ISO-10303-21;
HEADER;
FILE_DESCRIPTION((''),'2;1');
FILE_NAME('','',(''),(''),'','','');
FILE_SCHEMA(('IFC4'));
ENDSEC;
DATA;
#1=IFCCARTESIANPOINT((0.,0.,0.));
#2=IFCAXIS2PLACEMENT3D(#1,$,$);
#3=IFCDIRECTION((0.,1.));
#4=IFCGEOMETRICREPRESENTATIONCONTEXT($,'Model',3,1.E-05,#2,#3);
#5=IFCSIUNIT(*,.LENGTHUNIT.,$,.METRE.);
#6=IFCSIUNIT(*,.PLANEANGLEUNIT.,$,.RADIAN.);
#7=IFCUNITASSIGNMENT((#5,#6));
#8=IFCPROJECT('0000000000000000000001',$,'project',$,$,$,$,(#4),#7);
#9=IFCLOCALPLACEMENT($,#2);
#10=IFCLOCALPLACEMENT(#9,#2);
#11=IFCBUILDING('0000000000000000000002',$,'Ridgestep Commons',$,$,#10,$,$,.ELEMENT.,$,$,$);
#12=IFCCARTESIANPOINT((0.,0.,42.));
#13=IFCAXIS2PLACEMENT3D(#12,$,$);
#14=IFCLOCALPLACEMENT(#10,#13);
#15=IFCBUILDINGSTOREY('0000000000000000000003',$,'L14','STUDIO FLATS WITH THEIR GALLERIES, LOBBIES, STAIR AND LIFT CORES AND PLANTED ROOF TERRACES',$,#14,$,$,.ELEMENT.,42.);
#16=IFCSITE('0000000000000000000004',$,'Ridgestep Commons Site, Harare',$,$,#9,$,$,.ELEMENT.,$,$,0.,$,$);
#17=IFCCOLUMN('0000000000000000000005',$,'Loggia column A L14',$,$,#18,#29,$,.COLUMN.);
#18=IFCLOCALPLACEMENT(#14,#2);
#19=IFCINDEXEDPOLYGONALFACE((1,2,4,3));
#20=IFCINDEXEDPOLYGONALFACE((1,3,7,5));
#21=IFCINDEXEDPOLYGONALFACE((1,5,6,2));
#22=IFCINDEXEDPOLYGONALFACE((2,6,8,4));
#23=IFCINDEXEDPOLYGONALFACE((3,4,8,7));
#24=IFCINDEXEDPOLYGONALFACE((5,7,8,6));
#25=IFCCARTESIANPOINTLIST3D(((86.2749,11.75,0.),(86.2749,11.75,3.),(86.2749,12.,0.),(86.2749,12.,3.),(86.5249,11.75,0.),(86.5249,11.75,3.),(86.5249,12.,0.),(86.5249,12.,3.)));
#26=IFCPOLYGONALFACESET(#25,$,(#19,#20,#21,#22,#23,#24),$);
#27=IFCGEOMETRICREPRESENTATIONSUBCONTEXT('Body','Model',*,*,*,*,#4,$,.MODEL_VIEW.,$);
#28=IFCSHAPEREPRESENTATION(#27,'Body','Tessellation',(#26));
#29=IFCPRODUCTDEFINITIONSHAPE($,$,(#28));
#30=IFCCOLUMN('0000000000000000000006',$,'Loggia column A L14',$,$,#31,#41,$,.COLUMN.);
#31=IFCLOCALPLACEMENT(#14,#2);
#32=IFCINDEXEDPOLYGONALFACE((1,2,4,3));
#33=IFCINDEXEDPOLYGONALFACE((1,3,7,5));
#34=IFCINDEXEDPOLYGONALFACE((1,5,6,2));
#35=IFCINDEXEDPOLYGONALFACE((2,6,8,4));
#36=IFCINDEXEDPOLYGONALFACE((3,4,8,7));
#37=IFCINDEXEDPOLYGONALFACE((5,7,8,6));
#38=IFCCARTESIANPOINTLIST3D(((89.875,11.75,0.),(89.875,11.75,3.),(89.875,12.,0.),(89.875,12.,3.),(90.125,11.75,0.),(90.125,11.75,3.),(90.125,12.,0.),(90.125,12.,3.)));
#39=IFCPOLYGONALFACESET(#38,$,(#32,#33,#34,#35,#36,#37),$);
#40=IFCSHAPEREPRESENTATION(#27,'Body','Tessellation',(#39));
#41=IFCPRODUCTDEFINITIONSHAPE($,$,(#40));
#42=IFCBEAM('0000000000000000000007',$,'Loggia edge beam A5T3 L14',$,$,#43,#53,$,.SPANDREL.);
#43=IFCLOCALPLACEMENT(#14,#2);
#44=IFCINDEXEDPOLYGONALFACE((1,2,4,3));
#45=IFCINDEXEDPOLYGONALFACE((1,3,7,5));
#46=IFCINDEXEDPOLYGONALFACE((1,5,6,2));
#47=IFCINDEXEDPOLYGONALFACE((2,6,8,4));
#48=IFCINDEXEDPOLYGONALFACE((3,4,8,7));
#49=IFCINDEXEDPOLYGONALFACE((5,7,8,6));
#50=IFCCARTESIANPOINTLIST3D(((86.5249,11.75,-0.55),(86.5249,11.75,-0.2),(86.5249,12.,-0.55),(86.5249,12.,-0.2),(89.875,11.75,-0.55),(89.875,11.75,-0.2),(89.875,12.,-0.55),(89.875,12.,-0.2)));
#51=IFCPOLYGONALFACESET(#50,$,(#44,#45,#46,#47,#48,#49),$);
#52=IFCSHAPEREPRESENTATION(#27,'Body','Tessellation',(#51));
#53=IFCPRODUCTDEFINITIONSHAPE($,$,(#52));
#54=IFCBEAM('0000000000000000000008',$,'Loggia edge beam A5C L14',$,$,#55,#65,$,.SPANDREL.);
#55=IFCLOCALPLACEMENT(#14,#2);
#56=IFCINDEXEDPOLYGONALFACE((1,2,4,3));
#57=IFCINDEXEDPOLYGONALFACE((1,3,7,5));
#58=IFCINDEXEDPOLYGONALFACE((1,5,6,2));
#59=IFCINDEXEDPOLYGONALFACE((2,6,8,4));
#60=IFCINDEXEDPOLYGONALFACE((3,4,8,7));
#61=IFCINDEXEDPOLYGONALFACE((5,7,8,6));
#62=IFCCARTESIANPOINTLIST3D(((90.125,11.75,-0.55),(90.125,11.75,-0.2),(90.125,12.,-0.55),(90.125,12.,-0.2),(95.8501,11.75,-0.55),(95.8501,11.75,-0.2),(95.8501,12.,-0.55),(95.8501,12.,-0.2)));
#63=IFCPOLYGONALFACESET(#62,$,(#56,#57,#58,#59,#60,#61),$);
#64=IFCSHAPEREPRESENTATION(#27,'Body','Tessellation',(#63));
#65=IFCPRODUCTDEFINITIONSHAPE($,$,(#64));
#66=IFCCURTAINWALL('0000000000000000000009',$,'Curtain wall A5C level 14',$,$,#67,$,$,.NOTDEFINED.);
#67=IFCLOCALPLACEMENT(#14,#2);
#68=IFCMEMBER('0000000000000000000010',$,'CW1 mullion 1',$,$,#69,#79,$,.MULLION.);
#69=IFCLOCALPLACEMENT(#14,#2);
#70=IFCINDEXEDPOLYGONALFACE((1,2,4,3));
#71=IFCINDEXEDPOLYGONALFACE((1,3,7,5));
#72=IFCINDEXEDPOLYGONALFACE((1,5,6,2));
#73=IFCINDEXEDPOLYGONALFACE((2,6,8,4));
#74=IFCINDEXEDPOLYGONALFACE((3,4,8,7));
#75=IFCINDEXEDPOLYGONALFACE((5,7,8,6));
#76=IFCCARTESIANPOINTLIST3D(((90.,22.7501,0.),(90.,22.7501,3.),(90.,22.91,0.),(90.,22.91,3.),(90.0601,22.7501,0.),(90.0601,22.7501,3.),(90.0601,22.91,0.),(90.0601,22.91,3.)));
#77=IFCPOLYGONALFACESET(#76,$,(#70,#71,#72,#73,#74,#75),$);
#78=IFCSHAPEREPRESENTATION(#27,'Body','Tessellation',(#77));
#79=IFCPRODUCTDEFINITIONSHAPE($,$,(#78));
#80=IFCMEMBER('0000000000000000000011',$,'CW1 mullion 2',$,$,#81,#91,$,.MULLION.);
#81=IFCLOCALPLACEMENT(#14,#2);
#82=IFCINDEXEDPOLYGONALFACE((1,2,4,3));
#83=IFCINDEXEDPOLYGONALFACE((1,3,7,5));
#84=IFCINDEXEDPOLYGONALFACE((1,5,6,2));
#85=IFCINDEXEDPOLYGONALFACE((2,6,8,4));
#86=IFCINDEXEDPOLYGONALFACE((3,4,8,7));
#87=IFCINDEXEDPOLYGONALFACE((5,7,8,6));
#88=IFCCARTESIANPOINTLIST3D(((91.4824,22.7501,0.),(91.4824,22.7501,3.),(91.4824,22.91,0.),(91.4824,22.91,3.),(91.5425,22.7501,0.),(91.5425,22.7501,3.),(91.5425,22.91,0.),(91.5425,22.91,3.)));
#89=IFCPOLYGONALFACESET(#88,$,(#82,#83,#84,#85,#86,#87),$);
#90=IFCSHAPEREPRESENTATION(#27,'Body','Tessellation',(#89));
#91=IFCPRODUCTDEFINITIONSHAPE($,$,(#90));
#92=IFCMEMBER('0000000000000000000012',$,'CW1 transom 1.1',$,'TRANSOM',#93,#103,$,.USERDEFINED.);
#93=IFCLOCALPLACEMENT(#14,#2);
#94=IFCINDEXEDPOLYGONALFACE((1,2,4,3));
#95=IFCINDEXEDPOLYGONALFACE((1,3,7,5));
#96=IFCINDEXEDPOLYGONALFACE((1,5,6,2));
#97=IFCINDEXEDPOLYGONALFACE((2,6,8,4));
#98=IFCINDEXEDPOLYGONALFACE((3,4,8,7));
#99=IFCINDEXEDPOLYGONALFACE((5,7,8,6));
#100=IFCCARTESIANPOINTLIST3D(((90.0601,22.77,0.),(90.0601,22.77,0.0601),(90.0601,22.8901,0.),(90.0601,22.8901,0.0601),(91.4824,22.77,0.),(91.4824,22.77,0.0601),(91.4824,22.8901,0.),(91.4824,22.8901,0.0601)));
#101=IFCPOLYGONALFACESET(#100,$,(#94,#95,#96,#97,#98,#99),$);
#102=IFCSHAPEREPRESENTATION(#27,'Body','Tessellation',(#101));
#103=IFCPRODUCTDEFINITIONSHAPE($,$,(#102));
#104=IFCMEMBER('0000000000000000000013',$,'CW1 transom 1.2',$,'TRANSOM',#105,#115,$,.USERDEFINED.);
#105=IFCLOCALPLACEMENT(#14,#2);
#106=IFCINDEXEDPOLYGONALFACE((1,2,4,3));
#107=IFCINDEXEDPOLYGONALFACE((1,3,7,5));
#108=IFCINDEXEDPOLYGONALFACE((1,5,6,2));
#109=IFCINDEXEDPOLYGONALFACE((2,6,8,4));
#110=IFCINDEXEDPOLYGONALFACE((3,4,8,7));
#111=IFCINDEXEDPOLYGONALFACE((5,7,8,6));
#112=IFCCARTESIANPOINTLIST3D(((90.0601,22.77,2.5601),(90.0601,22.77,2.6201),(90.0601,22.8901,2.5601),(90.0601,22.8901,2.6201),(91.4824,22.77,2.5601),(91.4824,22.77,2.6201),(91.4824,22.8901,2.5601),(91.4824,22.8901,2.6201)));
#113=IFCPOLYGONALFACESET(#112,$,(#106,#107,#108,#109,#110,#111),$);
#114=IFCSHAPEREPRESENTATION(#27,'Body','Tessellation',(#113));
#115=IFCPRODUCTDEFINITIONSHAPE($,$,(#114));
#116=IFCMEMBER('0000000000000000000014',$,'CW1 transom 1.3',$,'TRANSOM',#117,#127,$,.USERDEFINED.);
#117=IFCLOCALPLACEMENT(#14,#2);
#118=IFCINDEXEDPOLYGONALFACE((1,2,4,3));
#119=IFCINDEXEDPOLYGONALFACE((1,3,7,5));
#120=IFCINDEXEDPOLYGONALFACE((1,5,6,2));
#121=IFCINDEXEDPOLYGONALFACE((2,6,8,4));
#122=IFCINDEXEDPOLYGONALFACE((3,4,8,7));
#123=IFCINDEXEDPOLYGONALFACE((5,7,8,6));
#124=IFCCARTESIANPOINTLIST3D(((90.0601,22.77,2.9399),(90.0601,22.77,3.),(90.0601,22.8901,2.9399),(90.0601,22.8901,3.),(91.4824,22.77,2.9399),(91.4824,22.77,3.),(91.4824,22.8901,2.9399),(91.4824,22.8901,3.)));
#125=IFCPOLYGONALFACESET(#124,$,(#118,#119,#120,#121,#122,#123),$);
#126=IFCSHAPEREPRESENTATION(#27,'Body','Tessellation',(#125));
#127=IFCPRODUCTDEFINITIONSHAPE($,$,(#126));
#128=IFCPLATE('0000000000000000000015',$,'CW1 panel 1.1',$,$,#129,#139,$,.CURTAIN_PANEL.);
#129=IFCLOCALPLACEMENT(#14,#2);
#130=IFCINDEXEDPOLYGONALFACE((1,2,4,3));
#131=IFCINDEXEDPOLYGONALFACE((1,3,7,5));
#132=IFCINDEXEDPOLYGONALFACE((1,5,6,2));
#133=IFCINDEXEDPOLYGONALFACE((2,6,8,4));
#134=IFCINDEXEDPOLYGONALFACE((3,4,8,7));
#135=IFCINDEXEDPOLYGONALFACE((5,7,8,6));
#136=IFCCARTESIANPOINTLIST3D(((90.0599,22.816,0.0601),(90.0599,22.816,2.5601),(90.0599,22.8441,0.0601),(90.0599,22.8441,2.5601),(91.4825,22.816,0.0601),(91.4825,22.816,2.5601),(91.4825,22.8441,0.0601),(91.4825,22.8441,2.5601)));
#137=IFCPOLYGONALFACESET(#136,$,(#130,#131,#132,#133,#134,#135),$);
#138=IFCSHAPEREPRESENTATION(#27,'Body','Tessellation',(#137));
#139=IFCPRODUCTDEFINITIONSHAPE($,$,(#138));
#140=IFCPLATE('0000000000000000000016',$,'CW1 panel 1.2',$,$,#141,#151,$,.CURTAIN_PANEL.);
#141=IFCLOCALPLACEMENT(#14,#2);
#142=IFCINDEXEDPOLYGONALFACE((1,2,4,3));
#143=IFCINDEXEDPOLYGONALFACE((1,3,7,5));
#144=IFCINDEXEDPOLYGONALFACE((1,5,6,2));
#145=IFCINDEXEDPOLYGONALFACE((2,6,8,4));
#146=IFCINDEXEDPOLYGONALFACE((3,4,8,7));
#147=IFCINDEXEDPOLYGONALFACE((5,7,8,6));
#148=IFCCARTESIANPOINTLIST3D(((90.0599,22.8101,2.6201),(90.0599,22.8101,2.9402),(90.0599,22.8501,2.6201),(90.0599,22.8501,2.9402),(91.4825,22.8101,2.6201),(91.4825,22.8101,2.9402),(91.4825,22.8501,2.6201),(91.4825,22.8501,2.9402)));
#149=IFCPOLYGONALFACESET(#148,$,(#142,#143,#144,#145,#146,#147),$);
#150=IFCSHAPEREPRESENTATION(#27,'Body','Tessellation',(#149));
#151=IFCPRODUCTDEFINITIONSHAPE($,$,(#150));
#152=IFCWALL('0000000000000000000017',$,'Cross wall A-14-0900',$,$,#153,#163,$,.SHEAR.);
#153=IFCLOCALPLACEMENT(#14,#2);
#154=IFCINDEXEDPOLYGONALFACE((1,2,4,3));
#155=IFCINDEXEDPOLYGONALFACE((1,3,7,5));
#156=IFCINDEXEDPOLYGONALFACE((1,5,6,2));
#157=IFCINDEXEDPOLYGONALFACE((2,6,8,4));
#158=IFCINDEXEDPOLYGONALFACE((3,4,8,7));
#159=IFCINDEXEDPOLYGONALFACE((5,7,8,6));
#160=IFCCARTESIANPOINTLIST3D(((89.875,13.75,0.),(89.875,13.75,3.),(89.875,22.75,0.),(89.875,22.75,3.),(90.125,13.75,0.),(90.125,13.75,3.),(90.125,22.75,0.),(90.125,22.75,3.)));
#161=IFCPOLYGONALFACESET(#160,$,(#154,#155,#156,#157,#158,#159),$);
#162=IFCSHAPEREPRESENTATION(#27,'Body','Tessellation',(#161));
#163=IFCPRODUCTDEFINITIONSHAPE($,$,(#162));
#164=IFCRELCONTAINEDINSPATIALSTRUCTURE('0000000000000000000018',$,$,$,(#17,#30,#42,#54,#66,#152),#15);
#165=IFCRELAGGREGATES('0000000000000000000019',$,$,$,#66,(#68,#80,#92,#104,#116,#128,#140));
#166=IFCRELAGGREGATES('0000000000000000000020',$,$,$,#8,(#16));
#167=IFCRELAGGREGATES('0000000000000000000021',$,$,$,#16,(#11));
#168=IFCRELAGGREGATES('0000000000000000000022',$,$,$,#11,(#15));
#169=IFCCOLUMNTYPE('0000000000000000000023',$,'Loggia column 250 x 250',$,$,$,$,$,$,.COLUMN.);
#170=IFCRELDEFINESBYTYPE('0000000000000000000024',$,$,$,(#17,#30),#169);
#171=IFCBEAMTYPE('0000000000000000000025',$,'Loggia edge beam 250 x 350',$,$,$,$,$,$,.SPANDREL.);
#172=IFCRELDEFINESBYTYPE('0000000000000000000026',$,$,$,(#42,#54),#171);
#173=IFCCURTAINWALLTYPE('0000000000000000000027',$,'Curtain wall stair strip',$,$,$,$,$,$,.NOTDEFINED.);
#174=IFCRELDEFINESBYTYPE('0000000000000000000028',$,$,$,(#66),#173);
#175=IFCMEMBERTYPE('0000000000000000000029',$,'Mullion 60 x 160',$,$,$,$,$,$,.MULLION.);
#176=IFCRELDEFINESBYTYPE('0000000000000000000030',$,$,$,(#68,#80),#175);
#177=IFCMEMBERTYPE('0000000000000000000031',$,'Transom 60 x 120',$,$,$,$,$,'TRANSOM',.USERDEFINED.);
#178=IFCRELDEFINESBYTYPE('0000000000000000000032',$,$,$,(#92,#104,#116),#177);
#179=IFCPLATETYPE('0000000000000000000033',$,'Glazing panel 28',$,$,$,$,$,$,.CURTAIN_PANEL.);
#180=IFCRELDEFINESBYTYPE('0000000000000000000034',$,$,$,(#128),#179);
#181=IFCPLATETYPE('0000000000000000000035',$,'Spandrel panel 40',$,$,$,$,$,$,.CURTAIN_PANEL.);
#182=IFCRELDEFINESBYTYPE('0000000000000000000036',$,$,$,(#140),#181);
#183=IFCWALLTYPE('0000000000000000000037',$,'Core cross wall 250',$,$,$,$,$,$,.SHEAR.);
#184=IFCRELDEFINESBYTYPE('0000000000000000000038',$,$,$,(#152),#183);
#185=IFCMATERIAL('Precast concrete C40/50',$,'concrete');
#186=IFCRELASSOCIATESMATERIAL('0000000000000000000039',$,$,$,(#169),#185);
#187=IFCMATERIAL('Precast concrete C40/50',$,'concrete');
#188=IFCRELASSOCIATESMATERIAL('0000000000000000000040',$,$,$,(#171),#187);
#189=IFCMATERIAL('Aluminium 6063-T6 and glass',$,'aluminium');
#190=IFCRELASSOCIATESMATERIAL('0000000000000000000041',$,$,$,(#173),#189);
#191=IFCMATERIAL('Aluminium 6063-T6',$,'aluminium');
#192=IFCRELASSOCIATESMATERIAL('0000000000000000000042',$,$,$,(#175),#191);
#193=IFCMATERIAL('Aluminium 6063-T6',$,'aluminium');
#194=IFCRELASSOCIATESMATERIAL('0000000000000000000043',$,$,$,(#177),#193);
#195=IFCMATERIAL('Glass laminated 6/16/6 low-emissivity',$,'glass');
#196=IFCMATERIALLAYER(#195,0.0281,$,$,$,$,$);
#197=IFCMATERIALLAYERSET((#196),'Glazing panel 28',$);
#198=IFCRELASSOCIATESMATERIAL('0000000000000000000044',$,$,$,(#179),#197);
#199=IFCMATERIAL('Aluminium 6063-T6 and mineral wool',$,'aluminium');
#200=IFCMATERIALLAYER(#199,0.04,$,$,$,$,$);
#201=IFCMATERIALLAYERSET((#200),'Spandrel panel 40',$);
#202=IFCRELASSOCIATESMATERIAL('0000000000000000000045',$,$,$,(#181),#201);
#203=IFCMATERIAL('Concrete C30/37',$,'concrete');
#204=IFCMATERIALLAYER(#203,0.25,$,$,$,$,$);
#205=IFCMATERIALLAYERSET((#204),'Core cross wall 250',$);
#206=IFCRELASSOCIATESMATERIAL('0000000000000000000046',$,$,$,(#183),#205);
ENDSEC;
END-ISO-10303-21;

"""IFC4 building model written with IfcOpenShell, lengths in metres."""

from ifc_helpers import new_model, si_unit, direction, frame, frame_2d, origin, origin_2d, place, context, subcontext, project, spatial, rectangle, extrude, material, layer, layer_set, material_profile, profile_set, type_object, element, aggregate, save


model = new_model("IFC4")

# Units and contexts
model_context = context("Model", 3, precision=1e-05, world=origin(), true_north=direction((0.0, 1.0)))
body_context = subcontext(model_context, "Body", "Model", "MODEL_VIEW")
ifc_project = project(units=[si_unit("LENGTHUNIT", "METRE"), si_unit("PLANEANGLEUNIT", "RADIAN")], contexts=[model_context])

# Site, building, storey
site_placement = place(None, origin())
site = spatial("IfcSite", under=ifc_project, at=site_placement, Name="Ridgestep Commons Site, Harare", CompositionType="ELEMENT", RefElevation=0.0)
building_placement = place(site_placement, origin())
building = spatial("IfcBuilding", under=site, at=building_placement, Name="Ridgestep Commons", CompositionType="ELEMENT")
storey_placement = place(building_placement, frame((0.0, 0.0, 42.0)))
storey = spatial("IfcBuildingStorey", under=building, at=storey_placement, Name="L14", Description="STUDIO FLATS WITH THEIR GALLERIES, LOBBIES, STAIR AND LIFT CORES AND PLANTED ROOF TERRACES", CompositionType="ELEMENT", Elevation=42.0)

# Columns
ifc_material_1 = material(Name="Precast concrete C40/50", Category="concrete")
ifc_material_profile_1 = material_profile(ifc_material_1, rectangle(XDim=0.25, YDim=0.25, at=origin_2d()), Name="PC 250x250")
ifc_profile_set_1 = profile_set([ifc_material_profile_1], Name="Precast concrete C40/50")
column_type = type_object("IfcColumnType", Name="Loggia column 250 x 250", PredefinedType="COLUMN", material=ifc_profile_set_1)
for number, where, z_axis, x_axis, name in (
    (1, (86.3999, 11.875, 0.0), (0.0, 0.0, 1.0), (1.0, 0.0, 0.0), "Loggia column A L14"),
    (2, (90.0, 11.875, 0.0), (0.0, 0.0, 1.0), (1.0, 0.0, 0.0), "Loggia column A L14"),
):
    element("IfcColumn", number, at=place(storey_placement, frame(where, z_axis=z_axis, x_axis=x_axis)), inside=storey, type_object=column_type, Name=name, PredefinedType="COLUMN", context=body_context, shape_type="SweptSolid", body=[
        extrude(rectangle(XDim=0.25, YDim=0.25, at=origin_2d()), origin(), (0.0, 0.0, 1.0), 3.0),
    ])

# Beams
ifc_material_2 = material(Name="Precast concrete C40/50", Category="concrete")
ifc_material_profile_2 = material_profile(ifc_material_2, rectangle(XDim=0.25, YDim=0.3501, at=origin_2d()), Name="PC 250x350")
ifc_profile_set_2 = profile_set([ifc_material_profile_2], Name="Precast concrete C40/50")
beam_type = type_object("IfcBeamType", Name="Loggia edge beam 250 x 350", PredefinedType="SPANDREL", material=ifc_profile_set_2)
beam_1_placement = place(storey_placement, frame((86.5249, 11.875, -0.375), z_axis=(1.0, 0.0, 0.0), x_axis=(0.0, 1.0, 0.0)))
element("IfcBeam", 3, at=beam_1_placement, inside=storey, type_object=beam_type, Name="Loggia edge beam A5T3 L14", PredefinedType="SPANDREL", context=body_context, shape_type="SweptSolid", body=[
    extrude(rectangle(XDim=0.25, YDim=0.3501, at=origin_2d()), origin(), (0.0, 0.0, 1.0), 3.3501),
])
beam_2_placement = place(storey_placement, frame((90.125, 11.875, -0.375), z_axis=(1.0, 0.0, 0.0), x_axis=(0.0, 1.0, 0.0)))
element("IfcBeam", 4, at=beam_2_placement, inside=storey, type_object=beam_type, Name="Loggia edge beam A5C L14", PredefinedType="SPANDREL", context=body_context, shape_type="SweptSolid", body=[
    extrude(rectangle(XDim=0.25, YDim=0.3501, at=origin_2d()), origin(), (0.0, 0.0, 1.0), 5.7251),
])

# Curtain wall, members, plates
ifc_material_3 = material(Name="Aluminium 6063-T6 and glass", Category="aluminium")
curtain_wall_type = type_object("IfcCurtainWallType", Name="Curtain wall stair strip", PredefinedType="NOTDEFINED", material=ifc_material_3)
curtain_wall_placement = place(storey_placement, origin())
curtain_wall = element("IfcCurtainWall", 5, at=curtain_wall_placement, inside=storey, type_object=curtain_wall_type, Name="Curtain wall A5C level 14", PredefinedType="NOTDEFINED")
ifc_material_4 = material(Name="Aluminium 6063-T6", Category="aluminium")
ifc_material_profile_3 = material_profile(ifc_material_4, rectangle(XDim=0.1599, YDim=0.0601, at=origin_2d()), Name="Mullion 60 x 160")
ifc_profile_set_3 = profile_set([ifc_material_profile_3], Name="Aluminium 6063-T6")
member_type_1 = type_object("IfcMemberType", Name="Mullion 60 x 160", PredefinedType="MULLION", material=ifc_profile_set_3)
member_1_placement = place(storey_placement, frame((90.03, 22.8301, 0.0), z_axis=(0.0, 0.0, 1.0), x_axis=(0.0, 1.0, 0.0)))
member_1 = element("IfcMember", 6, at=member_1_placement, type_object=member_type_1, Name="CW1 mullion 1", PredefinedType="MULLION", context=body_context, shape_type="SweptSolid", body=[
    extrude(rectangle(XDim=0.1599, YDim=0.0601, at=origin_2d()), origin(), (0.0, 0.0, 1.0), 3.0),
])
member_2_placement = place(storey_placement, frame((91.5125, 22.8301, 0.0), z_axis=(0.0, 0.0, 1.0), x_axis=(0.0, 1.0, 0.0)))
member_2 = element("IfcMember", 7, at=member_2_placement, type_object=member_type_1, Name="CW1 mullion 2", PredefinedType="MULLION", context=body_context, shape_type="SweptSolid", body=[
    extrude(rectangle(XDim=0.1599, YDim=0.0601, at=origin_2d()), origin(), (0.0, 0.0, 1.0), 3.0),
])
ifc_material_5 = material(Name="Aluminium 6063-T6", Category="aluminium")
ifc_material_profile_4 = material_profile(ifc_material_5, rectangle(XDim=0.1201, YDim=0.0601, at=origin_2d()), Name="Transom 60 x 120")
ifc_profile_set_4 = profile_set([ifc_material_profile_4], Name="Aluminium 6063-T6")
member_type_2 = type_object("IfcMemberType", Name="Transom 60 x 120", ElementType="TRANSOM", PredefinedType="USERDEFINED", material=ifc_profile_set_4)
member_3_placement = place(storey_placement, frame((90.0601, 22.8301, 0.03), z_axis=(1.0, 0.0, 0.0), x_axis=(0.0, 1.0, 0.0)))
member_3 = element("IfcMember", 8, at=member_3_placement, type_object=member_type_2, Name="CW1 transom 1.1", ObjectType="TRANSOM", PredefinedType="USERDEFINED", context=body_context, shape_type="SweptSolid", body=[
    extrude(rectangle(XDim=0.1201, YDim=0.0601, at=origin_2d()), origin(), (0.0, 0.0, 1.0), 1.4224),
])
member_4_placement = place(storey_placement, frame((90.0601, 22.8301, 2.5901), z_axis=(1.0, 0.0, 0.0), x_axis=(0.0, 1.0, 0.0)))
member_4 = element("IfcMember", 9, at=member_4_placement, type_object=member_type_2, Name="CW1 transom 1.2", ObjectType="TRANSOM", PredefinedType="USERDEFINED", context=body_context, shape_type="SweptSolid", body=[
    extrude(rectangle(XDim=0.1201, YDim=0.0601, at=origin_2d()), origin(), (0.0, 0.0, 1.0), 1.4224),
])
member_5_placement = place(storey_placement, frame((90.0601, 22.8301, 2.97), z_axis=(1.0, 0.0, 0.0), x_axis=(0.0, 1.0, 0.0)))
member_5 = element("IfcMember", 10, at=member_5_placement, type_object=member_type_2, Name="CW1 transom 1.3", ObjectType="TRANSOM", PredefinedType="USERDEFINED", context=body_context, shape_type="SweptSolid", body=[
    extrude(rectangle(XDim=0.1201, YDim=0.0601, at=origin_2d()), origin(), (0.0, 0.0, 1.0), 1.4224),
])
ifc_material_6 = material(Name="Glass laminated 6/16/6 low-emissivity", Category="glass")
ifc_layer_1 = layer(ifc_material_6, 0.0281)
ifc_layer_set_1 = layer_set([ifc_layer_1], Name="Glazing panel 28")
plate_type_1 = type_object("IfcPlateType", Name="Glazing panel 28", PredefinedType="CURTAIN_PANEL", material=ifc_layer_set_1)
plate_1_placement = place(storey_placement, frame((90.7712, 22.8301, 0.0601), z_axis=(0.0, 0.0, 1.0), x_axis=(1.0, 0.0, 0.0)))
plate_1 = element("IfcPlate", 11, at=plate_1_placement, type_object=plate_type_1, Name="CW1 panel 1.1", PredefinedType="CURTAIN_PANEL", context=body_context, shape_type="SweptSolid", body=[
    extrude(rectangle(XDim=1.4226, YDim=0.0281, at=origin_2d()), origin(), (0.0, 0.0, 1.0), 2.5),
])
ifc_material_7 = material(Name="Aluminium 6063-T6 and mineral wool", Category="aluminium")
ifc_layer_2 = layer(ifc_material_7, 0.04)
ifc_layer_set_2 = layer_set([ifc_layer_2], Name="Spandrel panel 40")
plate_type_2 = type_object("IfcPlateType", Name="Spandrel panel 40", PredefinedType="CURTAIN_PANEL", material=ifc_layer_set_2)
plate_2_placement = place(storey_placement, frame((90.7712, 22.8301, 2.6201), z_axis=(0.0, 0.0, 1.0), x_axis=(1.0, 0.0, 0.0)))
plate_2 = element("IfcPlate", 12, at=plate_2_placement, type_object=plate_type_2, Name="CW1 panel 1.2", PredefinedType="CURTAIN_PANEL", context=body_context, shape_type="SweptSolid", body=[
    extrude(rectangle(XDim=1.4226, YDim=0.04, at=origin_2d()), origin(), (0.0, 0.0, 1.0), 0.3201),
])
aggregate(curtain_wall, [member_1, member_2, member_3, member_4, member_5, plate_1, plate_2])

# Wall
ifc_material_8 = material(Name="Concrete C30/37", Category="concrete")
ifc_layer_3 = layer(ifc_material_8, 0.25)
ifc_layer_set_3 = layer_set([ifc_layer_3], Name="Core cross wall 250")
wall_type_1 = type_object("IfcWallType", Name="Core cross wall 250", PredefinedType="SHEAR", material=ifc_layer_set_3)
wall_1_placement = place(storey_placement, frame((90.0, 13.75, 0.0), z_axis=(0.0, 0.0, 1.0), x_axis=(0.0, 1.0, 0.0)))
element("IfcWall", 13, at=wall_1_placement, inside=storey, type_object=wall_type_1, Name="Cross wall A-14-0900", PredefinedType="SHEAR", context=body_context, shape_type="SweptSolid", body=[
    extrude(rectangle(XDim=9.0, YDim=0.25, at=frame_2d((4.5, 0.0))), origin(), (0.0, 0.0, 1.0), 3.0),
])

save(model, "model.ifc")
